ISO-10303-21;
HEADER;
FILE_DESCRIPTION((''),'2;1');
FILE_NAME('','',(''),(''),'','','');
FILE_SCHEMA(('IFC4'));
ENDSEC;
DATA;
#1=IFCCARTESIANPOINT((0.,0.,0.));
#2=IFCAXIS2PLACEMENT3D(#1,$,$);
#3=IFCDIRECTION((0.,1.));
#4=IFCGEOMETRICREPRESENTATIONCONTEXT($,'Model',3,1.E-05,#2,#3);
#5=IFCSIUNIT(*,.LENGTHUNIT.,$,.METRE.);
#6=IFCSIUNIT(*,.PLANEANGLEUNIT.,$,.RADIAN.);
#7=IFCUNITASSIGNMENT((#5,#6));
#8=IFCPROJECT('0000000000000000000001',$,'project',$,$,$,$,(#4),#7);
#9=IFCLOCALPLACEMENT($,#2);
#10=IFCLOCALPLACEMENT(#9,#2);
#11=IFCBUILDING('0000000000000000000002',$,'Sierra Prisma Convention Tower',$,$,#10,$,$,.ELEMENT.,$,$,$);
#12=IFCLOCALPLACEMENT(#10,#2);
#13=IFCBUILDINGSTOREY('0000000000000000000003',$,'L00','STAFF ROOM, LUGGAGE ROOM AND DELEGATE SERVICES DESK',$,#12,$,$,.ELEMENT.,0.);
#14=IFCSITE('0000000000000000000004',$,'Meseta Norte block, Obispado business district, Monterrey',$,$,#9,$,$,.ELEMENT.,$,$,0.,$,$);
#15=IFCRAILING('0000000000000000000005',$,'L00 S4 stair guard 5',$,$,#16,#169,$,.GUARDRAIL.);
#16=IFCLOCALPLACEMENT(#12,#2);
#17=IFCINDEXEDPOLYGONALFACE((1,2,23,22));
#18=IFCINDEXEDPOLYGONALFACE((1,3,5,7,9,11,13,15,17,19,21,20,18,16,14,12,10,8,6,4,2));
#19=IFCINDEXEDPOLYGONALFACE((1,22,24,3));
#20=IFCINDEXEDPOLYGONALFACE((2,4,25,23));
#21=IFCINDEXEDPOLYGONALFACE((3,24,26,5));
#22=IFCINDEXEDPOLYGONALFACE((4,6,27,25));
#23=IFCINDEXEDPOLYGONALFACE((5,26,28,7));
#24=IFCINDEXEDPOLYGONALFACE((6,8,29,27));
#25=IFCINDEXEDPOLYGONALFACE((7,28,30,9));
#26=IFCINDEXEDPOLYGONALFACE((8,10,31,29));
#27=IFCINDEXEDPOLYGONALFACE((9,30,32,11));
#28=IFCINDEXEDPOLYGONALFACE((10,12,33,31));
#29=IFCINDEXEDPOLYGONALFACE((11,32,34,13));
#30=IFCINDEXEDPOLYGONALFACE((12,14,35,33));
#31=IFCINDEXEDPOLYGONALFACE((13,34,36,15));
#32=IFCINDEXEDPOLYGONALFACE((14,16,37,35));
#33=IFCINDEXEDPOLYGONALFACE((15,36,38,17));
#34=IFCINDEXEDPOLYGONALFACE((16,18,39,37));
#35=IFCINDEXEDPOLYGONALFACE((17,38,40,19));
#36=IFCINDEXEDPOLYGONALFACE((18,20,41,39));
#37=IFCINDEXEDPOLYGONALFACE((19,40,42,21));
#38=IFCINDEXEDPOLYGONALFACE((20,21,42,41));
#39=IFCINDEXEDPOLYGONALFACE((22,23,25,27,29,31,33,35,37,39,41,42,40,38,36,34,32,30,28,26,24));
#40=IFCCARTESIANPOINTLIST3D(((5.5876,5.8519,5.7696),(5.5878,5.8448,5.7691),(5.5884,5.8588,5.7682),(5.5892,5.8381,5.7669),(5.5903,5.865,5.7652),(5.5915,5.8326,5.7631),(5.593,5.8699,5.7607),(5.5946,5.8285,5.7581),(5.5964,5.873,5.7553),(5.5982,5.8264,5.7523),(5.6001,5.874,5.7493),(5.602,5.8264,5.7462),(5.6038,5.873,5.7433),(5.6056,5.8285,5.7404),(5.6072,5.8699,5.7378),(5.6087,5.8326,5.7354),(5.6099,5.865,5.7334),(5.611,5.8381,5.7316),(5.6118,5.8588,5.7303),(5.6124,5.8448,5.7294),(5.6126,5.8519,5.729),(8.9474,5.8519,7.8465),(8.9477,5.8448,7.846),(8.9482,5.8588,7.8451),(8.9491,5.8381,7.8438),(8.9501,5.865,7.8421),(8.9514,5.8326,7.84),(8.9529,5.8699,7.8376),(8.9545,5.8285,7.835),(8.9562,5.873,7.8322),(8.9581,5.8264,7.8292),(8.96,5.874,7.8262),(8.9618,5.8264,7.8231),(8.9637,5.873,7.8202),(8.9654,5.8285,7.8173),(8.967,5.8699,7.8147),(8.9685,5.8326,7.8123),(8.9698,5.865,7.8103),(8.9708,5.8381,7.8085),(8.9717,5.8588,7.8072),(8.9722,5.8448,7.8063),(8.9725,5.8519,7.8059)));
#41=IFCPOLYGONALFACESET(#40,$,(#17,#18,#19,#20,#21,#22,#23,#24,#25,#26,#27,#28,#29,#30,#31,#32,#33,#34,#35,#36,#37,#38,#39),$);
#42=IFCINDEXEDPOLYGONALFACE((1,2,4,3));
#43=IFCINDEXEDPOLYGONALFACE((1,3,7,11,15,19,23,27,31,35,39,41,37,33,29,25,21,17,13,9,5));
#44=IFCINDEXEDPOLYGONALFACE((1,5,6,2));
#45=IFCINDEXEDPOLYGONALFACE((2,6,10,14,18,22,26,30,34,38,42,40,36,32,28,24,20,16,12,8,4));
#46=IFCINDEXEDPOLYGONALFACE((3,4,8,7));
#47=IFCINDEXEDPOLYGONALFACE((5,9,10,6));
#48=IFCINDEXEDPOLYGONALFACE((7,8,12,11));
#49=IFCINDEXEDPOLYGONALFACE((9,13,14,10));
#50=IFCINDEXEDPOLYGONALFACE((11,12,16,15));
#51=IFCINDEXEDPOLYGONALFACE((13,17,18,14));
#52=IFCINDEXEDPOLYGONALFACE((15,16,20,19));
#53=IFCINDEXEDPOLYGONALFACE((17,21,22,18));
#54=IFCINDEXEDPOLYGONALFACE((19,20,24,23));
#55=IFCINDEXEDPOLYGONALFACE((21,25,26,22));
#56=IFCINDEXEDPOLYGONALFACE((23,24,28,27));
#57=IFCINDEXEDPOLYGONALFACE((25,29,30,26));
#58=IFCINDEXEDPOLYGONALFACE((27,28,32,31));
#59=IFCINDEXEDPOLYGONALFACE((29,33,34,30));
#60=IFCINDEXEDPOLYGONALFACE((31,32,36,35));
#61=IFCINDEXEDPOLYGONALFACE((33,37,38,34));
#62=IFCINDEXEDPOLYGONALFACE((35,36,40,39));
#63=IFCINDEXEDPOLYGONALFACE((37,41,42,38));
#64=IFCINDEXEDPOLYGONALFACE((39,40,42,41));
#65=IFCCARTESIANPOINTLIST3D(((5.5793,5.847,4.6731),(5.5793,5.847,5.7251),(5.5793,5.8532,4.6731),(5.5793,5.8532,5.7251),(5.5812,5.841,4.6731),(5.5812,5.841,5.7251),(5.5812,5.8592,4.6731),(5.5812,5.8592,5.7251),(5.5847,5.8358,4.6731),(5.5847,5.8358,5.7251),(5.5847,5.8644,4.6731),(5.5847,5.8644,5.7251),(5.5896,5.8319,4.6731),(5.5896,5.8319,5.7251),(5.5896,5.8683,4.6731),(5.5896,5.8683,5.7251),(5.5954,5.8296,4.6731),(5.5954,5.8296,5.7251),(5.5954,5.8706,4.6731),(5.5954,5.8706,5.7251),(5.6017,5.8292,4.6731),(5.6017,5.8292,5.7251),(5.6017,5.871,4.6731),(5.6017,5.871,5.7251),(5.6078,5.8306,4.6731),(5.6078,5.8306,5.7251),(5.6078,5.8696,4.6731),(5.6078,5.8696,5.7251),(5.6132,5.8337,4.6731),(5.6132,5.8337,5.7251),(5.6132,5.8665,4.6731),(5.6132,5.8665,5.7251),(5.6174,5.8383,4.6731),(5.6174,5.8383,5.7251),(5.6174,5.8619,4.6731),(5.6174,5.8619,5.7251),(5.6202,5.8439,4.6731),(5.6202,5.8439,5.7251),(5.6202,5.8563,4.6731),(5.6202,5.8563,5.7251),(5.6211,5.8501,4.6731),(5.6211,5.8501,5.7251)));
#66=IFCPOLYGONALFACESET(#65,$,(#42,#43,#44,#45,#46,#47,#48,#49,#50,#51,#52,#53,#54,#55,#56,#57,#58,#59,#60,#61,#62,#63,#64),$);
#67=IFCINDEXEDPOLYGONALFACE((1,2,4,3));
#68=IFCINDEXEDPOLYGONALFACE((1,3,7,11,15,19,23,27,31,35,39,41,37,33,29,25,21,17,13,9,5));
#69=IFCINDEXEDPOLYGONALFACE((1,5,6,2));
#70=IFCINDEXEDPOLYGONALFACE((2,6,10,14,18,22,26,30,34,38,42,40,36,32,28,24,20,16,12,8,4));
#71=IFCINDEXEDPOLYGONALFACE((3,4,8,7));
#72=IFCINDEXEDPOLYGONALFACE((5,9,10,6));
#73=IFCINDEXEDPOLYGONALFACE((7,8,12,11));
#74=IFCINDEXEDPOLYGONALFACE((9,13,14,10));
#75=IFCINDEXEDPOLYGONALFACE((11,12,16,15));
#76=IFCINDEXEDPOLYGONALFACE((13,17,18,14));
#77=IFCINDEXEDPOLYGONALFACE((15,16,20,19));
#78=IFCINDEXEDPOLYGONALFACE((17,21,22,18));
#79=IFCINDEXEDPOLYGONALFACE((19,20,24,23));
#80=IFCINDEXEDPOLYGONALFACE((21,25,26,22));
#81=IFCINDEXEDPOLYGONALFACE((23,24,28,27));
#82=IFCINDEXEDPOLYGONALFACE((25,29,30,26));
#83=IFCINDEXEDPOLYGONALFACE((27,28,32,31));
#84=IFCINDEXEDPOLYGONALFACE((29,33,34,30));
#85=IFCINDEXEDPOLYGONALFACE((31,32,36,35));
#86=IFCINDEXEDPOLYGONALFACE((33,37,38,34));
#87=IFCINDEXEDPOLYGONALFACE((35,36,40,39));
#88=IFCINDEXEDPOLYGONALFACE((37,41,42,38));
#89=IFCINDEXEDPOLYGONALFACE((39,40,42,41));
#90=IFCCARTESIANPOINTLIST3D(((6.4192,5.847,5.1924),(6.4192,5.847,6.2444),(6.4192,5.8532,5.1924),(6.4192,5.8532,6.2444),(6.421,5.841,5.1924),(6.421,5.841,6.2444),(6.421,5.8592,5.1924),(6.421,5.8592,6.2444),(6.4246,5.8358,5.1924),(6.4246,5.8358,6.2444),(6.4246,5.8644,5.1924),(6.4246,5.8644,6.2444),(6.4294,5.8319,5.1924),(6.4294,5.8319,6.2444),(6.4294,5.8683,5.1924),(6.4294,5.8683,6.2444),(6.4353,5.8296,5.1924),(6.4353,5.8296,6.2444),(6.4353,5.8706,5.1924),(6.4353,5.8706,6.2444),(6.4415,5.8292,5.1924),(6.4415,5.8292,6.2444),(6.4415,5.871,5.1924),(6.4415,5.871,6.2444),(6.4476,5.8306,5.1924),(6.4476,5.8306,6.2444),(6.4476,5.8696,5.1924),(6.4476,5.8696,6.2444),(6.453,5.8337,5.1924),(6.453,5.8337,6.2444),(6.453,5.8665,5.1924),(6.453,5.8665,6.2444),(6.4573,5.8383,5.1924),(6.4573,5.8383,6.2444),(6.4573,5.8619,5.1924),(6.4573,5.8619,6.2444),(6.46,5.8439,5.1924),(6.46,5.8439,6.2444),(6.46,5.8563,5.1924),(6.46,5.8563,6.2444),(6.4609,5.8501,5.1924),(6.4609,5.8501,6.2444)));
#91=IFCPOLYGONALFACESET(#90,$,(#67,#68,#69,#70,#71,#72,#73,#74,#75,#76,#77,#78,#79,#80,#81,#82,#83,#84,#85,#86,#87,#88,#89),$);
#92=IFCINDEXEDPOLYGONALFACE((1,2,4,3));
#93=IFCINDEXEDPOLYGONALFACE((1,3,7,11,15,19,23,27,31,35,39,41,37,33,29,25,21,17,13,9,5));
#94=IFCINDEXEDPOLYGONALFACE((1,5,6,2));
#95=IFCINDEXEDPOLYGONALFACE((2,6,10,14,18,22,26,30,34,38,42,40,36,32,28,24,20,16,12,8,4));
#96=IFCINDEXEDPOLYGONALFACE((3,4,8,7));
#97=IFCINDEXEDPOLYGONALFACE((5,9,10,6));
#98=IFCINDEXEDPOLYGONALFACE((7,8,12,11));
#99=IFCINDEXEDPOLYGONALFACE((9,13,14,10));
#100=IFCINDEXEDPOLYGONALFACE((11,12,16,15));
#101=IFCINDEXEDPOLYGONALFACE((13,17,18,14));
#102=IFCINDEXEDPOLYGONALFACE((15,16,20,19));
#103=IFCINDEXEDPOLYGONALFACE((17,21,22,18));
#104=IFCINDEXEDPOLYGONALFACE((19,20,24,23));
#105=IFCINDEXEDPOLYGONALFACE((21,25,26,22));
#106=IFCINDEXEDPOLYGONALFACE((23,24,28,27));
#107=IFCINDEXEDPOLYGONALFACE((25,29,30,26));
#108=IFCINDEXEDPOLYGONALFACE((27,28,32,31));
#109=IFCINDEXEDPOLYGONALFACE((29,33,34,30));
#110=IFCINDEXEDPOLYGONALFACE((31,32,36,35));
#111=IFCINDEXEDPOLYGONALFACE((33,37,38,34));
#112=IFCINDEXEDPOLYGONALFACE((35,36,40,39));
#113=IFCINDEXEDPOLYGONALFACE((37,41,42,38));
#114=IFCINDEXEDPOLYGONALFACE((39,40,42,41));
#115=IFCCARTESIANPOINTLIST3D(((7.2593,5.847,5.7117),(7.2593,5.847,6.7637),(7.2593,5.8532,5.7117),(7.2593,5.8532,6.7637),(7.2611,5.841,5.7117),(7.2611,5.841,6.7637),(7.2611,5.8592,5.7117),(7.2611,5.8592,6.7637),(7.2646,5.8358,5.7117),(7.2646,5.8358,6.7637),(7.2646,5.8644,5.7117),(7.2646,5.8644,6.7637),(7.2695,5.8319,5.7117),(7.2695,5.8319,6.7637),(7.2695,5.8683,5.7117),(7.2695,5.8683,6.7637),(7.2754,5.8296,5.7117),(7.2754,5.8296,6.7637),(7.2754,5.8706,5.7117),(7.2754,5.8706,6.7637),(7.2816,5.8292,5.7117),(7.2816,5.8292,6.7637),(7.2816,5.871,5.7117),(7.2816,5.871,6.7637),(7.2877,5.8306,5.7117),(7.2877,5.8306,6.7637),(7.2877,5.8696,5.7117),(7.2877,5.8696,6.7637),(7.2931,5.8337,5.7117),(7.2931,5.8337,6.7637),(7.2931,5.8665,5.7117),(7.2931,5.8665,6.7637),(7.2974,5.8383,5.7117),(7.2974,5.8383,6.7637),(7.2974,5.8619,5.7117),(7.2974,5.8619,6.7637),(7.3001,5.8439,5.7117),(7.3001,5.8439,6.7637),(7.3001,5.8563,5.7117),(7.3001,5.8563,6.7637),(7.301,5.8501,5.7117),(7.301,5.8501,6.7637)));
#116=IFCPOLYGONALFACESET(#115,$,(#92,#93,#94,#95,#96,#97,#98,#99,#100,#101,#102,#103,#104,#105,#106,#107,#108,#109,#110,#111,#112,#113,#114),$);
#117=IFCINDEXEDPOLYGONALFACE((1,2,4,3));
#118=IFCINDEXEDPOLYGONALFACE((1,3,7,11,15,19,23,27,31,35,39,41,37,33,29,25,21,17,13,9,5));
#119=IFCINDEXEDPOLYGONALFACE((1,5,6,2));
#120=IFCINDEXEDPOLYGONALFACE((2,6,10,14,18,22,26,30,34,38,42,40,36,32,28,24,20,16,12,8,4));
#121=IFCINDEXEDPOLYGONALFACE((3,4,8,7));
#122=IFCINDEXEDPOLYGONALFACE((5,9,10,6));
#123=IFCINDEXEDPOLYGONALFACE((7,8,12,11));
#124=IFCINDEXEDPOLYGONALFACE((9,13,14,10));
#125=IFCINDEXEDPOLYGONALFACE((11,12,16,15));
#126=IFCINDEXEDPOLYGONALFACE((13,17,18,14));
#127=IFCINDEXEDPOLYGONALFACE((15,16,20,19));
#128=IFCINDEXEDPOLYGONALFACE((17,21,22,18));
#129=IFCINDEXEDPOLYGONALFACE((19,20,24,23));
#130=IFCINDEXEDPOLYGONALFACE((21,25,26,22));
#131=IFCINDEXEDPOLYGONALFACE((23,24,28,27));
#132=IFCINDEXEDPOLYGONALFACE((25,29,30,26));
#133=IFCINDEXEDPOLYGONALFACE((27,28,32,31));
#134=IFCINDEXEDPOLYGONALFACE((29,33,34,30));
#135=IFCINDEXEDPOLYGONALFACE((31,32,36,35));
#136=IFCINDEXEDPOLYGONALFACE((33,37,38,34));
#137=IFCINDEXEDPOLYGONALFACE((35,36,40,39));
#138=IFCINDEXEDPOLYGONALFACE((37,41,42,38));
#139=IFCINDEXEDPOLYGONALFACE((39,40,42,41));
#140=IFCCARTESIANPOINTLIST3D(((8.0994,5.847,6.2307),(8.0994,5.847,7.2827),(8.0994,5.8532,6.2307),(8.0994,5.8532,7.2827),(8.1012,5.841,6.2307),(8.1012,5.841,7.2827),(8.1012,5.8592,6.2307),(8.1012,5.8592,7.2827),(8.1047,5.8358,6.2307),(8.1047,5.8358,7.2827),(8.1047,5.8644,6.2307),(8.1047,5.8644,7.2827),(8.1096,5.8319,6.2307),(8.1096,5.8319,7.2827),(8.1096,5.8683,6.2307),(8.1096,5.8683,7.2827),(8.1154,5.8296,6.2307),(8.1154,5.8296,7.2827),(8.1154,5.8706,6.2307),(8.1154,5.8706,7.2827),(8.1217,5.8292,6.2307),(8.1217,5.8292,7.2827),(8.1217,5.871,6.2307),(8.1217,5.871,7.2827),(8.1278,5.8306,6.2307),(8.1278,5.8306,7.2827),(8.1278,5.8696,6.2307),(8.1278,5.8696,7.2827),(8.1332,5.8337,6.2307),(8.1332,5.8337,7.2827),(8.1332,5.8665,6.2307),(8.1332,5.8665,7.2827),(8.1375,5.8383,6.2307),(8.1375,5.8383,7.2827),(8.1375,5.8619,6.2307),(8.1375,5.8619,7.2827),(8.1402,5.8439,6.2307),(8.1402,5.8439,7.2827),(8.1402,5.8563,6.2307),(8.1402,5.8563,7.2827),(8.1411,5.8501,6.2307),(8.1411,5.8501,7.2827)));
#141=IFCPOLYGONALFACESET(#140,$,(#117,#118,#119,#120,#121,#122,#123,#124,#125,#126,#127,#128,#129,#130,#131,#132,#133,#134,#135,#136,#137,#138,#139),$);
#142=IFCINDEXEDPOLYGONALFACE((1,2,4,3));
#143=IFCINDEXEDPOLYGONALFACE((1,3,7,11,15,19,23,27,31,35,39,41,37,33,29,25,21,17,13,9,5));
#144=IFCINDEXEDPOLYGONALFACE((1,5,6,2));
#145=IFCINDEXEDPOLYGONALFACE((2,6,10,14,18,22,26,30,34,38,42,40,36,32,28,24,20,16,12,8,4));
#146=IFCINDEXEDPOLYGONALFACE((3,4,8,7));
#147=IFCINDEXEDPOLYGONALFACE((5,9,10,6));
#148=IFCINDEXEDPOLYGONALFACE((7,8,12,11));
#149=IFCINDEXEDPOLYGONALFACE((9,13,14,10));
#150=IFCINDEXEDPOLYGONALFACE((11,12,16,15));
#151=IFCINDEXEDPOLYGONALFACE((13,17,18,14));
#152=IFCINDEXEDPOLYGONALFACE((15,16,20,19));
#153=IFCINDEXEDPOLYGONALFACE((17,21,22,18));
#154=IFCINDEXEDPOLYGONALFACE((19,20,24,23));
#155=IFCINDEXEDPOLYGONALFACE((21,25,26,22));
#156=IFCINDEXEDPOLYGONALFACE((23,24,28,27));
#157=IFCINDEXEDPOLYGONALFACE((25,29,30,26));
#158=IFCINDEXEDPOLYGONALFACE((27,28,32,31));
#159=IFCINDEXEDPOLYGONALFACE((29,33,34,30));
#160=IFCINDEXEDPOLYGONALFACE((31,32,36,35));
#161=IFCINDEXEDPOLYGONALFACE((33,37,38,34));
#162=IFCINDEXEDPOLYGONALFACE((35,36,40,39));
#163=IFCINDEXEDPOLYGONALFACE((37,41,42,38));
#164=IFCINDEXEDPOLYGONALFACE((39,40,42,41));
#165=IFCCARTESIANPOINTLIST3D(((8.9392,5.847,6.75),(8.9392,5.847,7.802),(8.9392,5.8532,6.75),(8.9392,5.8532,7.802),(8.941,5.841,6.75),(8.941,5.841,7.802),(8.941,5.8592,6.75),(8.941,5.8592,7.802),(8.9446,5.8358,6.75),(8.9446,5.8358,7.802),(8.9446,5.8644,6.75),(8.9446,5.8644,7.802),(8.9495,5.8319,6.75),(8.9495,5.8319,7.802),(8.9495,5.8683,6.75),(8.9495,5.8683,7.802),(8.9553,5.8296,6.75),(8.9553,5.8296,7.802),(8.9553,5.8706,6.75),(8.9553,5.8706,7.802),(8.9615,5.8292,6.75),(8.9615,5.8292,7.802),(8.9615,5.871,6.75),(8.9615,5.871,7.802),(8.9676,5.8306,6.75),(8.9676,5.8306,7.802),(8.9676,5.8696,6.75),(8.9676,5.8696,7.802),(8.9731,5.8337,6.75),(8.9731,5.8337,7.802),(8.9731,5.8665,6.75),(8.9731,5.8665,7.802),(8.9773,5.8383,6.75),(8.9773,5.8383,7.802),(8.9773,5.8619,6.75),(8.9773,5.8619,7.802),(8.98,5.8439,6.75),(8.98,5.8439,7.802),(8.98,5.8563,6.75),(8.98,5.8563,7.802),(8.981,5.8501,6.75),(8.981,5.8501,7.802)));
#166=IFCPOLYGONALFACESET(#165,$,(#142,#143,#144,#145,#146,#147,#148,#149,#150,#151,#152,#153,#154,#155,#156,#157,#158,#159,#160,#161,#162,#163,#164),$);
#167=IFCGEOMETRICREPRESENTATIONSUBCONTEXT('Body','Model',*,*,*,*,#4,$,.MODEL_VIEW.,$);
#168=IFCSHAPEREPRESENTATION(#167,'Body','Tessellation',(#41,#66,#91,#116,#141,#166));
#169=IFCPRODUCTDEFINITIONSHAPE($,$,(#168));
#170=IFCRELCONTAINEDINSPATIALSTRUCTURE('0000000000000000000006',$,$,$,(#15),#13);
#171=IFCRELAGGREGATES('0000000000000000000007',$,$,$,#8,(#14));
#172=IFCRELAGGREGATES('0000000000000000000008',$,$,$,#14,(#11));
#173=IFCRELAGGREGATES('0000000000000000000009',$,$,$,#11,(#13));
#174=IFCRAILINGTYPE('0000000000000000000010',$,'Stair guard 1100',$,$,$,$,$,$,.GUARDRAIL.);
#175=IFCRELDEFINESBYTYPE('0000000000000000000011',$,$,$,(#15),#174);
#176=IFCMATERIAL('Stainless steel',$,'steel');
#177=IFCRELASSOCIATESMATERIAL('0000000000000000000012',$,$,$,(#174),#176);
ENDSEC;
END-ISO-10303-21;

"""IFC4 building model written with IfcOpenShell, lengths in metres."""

from ifc_helpers import new_model, si_unit, direction, frame, origin, origin_2d, place, context, subcontext, project, spatial, circle, extrude, material, type_object, element, save


model = new_model("IFC4")

# Units and contexts
model_context = context("Model", 3, precision=1e-05, world=origin(), true_north=direction((0.0, 1.0)))
body_context = subcontext(model_context, "Body", "Model", "MODEL_VIEW")
ifc_project = project(units=[si_unit("LENGTHUNIT", "METRE"), si_unit("PLANEANGLEUNIT", "RADIAN")], contexts=[model_context])

# Site, building, storey
site_placement = place(None, origin())
site = spatial("IfcSite", under=ifc_project, at=site_placement, Name="Meseta Norte block, Obispado business district, Monterrey", CompositionType="ELEMENT", RefElevation=0.0)
building_placement = place(site_placement, origin())
building = spatial("IfcBuilding", under=site, at=building_placement, Name="Sierra Prisma Convention Tower", CompositionType="ELEMENT")
storey_placement = place(building_placement, origin())
storey = spatial("IfcBuildingStorey", under=building, at=storey_placement, Name="L00", Description="STAFF ROOM, LUGGAGE ROOM AND DELEGATE SERVICES DESK", CompositionType="ELEMENT", Elevation=0.0)

# Railing
ifc_material_1 = material(Name="Stainless steel", Category="steel")
railing_type_1 = type_object("IfcRailingType", Name="Stair guard 1100", PredefinedType="GUARDRAIL", material=ifc_material_1)
railing_1_placement = place(storey_placement, frame((5.6001, 5.8501, 4.6731)))
element("IfcRailing", 1, at=railing_1_placement, inside=storey, type_object=railing_type_1, Name="L00 S4 stair guard 5", PredefinedType="GUARDRAIL", context=body_context, shape_type="SweptSolid", body=[
    extrude(circle(Radius=0.0239, at=origin_2d()), frame((0.0, 0.0, 1.0762), z_axis=(0.850606, 0.0, 0.525803), x_axis=(0.0, 1.0, 0.0)), (0.0, 0.0, 1.0), 3.95),
    extrude(circle(Radius=0.021, at=origin_2d()), origin(), (0.0, 0.0, 1.0), 1.052),
    extrude(circle(Radius=0.021, at=origin_2d()), frame((0.8398, 0.0, 0.5193)), (0.0, 0.0, 1.0), 1.052),
    extrude(circle(Radius=0.021, at=origin_2d()), frame((1.6799, 0.0, 1.0386)), (0.0, 0.0, 1.0), 1.052),
    extrude(circle(Radius=0.021, at=origin_2d()), frame((2.52, 0.0, 1.5576)), (0.0, 0.0, 1.0), 1.052),
    extrude(circle(Radius=0.021, at=origin_2d()), frame((3.3599, 0.0, 2.0769)), (0.0, 0.0, 1.0), 1.052),
])

save(model, "model.ifc")
